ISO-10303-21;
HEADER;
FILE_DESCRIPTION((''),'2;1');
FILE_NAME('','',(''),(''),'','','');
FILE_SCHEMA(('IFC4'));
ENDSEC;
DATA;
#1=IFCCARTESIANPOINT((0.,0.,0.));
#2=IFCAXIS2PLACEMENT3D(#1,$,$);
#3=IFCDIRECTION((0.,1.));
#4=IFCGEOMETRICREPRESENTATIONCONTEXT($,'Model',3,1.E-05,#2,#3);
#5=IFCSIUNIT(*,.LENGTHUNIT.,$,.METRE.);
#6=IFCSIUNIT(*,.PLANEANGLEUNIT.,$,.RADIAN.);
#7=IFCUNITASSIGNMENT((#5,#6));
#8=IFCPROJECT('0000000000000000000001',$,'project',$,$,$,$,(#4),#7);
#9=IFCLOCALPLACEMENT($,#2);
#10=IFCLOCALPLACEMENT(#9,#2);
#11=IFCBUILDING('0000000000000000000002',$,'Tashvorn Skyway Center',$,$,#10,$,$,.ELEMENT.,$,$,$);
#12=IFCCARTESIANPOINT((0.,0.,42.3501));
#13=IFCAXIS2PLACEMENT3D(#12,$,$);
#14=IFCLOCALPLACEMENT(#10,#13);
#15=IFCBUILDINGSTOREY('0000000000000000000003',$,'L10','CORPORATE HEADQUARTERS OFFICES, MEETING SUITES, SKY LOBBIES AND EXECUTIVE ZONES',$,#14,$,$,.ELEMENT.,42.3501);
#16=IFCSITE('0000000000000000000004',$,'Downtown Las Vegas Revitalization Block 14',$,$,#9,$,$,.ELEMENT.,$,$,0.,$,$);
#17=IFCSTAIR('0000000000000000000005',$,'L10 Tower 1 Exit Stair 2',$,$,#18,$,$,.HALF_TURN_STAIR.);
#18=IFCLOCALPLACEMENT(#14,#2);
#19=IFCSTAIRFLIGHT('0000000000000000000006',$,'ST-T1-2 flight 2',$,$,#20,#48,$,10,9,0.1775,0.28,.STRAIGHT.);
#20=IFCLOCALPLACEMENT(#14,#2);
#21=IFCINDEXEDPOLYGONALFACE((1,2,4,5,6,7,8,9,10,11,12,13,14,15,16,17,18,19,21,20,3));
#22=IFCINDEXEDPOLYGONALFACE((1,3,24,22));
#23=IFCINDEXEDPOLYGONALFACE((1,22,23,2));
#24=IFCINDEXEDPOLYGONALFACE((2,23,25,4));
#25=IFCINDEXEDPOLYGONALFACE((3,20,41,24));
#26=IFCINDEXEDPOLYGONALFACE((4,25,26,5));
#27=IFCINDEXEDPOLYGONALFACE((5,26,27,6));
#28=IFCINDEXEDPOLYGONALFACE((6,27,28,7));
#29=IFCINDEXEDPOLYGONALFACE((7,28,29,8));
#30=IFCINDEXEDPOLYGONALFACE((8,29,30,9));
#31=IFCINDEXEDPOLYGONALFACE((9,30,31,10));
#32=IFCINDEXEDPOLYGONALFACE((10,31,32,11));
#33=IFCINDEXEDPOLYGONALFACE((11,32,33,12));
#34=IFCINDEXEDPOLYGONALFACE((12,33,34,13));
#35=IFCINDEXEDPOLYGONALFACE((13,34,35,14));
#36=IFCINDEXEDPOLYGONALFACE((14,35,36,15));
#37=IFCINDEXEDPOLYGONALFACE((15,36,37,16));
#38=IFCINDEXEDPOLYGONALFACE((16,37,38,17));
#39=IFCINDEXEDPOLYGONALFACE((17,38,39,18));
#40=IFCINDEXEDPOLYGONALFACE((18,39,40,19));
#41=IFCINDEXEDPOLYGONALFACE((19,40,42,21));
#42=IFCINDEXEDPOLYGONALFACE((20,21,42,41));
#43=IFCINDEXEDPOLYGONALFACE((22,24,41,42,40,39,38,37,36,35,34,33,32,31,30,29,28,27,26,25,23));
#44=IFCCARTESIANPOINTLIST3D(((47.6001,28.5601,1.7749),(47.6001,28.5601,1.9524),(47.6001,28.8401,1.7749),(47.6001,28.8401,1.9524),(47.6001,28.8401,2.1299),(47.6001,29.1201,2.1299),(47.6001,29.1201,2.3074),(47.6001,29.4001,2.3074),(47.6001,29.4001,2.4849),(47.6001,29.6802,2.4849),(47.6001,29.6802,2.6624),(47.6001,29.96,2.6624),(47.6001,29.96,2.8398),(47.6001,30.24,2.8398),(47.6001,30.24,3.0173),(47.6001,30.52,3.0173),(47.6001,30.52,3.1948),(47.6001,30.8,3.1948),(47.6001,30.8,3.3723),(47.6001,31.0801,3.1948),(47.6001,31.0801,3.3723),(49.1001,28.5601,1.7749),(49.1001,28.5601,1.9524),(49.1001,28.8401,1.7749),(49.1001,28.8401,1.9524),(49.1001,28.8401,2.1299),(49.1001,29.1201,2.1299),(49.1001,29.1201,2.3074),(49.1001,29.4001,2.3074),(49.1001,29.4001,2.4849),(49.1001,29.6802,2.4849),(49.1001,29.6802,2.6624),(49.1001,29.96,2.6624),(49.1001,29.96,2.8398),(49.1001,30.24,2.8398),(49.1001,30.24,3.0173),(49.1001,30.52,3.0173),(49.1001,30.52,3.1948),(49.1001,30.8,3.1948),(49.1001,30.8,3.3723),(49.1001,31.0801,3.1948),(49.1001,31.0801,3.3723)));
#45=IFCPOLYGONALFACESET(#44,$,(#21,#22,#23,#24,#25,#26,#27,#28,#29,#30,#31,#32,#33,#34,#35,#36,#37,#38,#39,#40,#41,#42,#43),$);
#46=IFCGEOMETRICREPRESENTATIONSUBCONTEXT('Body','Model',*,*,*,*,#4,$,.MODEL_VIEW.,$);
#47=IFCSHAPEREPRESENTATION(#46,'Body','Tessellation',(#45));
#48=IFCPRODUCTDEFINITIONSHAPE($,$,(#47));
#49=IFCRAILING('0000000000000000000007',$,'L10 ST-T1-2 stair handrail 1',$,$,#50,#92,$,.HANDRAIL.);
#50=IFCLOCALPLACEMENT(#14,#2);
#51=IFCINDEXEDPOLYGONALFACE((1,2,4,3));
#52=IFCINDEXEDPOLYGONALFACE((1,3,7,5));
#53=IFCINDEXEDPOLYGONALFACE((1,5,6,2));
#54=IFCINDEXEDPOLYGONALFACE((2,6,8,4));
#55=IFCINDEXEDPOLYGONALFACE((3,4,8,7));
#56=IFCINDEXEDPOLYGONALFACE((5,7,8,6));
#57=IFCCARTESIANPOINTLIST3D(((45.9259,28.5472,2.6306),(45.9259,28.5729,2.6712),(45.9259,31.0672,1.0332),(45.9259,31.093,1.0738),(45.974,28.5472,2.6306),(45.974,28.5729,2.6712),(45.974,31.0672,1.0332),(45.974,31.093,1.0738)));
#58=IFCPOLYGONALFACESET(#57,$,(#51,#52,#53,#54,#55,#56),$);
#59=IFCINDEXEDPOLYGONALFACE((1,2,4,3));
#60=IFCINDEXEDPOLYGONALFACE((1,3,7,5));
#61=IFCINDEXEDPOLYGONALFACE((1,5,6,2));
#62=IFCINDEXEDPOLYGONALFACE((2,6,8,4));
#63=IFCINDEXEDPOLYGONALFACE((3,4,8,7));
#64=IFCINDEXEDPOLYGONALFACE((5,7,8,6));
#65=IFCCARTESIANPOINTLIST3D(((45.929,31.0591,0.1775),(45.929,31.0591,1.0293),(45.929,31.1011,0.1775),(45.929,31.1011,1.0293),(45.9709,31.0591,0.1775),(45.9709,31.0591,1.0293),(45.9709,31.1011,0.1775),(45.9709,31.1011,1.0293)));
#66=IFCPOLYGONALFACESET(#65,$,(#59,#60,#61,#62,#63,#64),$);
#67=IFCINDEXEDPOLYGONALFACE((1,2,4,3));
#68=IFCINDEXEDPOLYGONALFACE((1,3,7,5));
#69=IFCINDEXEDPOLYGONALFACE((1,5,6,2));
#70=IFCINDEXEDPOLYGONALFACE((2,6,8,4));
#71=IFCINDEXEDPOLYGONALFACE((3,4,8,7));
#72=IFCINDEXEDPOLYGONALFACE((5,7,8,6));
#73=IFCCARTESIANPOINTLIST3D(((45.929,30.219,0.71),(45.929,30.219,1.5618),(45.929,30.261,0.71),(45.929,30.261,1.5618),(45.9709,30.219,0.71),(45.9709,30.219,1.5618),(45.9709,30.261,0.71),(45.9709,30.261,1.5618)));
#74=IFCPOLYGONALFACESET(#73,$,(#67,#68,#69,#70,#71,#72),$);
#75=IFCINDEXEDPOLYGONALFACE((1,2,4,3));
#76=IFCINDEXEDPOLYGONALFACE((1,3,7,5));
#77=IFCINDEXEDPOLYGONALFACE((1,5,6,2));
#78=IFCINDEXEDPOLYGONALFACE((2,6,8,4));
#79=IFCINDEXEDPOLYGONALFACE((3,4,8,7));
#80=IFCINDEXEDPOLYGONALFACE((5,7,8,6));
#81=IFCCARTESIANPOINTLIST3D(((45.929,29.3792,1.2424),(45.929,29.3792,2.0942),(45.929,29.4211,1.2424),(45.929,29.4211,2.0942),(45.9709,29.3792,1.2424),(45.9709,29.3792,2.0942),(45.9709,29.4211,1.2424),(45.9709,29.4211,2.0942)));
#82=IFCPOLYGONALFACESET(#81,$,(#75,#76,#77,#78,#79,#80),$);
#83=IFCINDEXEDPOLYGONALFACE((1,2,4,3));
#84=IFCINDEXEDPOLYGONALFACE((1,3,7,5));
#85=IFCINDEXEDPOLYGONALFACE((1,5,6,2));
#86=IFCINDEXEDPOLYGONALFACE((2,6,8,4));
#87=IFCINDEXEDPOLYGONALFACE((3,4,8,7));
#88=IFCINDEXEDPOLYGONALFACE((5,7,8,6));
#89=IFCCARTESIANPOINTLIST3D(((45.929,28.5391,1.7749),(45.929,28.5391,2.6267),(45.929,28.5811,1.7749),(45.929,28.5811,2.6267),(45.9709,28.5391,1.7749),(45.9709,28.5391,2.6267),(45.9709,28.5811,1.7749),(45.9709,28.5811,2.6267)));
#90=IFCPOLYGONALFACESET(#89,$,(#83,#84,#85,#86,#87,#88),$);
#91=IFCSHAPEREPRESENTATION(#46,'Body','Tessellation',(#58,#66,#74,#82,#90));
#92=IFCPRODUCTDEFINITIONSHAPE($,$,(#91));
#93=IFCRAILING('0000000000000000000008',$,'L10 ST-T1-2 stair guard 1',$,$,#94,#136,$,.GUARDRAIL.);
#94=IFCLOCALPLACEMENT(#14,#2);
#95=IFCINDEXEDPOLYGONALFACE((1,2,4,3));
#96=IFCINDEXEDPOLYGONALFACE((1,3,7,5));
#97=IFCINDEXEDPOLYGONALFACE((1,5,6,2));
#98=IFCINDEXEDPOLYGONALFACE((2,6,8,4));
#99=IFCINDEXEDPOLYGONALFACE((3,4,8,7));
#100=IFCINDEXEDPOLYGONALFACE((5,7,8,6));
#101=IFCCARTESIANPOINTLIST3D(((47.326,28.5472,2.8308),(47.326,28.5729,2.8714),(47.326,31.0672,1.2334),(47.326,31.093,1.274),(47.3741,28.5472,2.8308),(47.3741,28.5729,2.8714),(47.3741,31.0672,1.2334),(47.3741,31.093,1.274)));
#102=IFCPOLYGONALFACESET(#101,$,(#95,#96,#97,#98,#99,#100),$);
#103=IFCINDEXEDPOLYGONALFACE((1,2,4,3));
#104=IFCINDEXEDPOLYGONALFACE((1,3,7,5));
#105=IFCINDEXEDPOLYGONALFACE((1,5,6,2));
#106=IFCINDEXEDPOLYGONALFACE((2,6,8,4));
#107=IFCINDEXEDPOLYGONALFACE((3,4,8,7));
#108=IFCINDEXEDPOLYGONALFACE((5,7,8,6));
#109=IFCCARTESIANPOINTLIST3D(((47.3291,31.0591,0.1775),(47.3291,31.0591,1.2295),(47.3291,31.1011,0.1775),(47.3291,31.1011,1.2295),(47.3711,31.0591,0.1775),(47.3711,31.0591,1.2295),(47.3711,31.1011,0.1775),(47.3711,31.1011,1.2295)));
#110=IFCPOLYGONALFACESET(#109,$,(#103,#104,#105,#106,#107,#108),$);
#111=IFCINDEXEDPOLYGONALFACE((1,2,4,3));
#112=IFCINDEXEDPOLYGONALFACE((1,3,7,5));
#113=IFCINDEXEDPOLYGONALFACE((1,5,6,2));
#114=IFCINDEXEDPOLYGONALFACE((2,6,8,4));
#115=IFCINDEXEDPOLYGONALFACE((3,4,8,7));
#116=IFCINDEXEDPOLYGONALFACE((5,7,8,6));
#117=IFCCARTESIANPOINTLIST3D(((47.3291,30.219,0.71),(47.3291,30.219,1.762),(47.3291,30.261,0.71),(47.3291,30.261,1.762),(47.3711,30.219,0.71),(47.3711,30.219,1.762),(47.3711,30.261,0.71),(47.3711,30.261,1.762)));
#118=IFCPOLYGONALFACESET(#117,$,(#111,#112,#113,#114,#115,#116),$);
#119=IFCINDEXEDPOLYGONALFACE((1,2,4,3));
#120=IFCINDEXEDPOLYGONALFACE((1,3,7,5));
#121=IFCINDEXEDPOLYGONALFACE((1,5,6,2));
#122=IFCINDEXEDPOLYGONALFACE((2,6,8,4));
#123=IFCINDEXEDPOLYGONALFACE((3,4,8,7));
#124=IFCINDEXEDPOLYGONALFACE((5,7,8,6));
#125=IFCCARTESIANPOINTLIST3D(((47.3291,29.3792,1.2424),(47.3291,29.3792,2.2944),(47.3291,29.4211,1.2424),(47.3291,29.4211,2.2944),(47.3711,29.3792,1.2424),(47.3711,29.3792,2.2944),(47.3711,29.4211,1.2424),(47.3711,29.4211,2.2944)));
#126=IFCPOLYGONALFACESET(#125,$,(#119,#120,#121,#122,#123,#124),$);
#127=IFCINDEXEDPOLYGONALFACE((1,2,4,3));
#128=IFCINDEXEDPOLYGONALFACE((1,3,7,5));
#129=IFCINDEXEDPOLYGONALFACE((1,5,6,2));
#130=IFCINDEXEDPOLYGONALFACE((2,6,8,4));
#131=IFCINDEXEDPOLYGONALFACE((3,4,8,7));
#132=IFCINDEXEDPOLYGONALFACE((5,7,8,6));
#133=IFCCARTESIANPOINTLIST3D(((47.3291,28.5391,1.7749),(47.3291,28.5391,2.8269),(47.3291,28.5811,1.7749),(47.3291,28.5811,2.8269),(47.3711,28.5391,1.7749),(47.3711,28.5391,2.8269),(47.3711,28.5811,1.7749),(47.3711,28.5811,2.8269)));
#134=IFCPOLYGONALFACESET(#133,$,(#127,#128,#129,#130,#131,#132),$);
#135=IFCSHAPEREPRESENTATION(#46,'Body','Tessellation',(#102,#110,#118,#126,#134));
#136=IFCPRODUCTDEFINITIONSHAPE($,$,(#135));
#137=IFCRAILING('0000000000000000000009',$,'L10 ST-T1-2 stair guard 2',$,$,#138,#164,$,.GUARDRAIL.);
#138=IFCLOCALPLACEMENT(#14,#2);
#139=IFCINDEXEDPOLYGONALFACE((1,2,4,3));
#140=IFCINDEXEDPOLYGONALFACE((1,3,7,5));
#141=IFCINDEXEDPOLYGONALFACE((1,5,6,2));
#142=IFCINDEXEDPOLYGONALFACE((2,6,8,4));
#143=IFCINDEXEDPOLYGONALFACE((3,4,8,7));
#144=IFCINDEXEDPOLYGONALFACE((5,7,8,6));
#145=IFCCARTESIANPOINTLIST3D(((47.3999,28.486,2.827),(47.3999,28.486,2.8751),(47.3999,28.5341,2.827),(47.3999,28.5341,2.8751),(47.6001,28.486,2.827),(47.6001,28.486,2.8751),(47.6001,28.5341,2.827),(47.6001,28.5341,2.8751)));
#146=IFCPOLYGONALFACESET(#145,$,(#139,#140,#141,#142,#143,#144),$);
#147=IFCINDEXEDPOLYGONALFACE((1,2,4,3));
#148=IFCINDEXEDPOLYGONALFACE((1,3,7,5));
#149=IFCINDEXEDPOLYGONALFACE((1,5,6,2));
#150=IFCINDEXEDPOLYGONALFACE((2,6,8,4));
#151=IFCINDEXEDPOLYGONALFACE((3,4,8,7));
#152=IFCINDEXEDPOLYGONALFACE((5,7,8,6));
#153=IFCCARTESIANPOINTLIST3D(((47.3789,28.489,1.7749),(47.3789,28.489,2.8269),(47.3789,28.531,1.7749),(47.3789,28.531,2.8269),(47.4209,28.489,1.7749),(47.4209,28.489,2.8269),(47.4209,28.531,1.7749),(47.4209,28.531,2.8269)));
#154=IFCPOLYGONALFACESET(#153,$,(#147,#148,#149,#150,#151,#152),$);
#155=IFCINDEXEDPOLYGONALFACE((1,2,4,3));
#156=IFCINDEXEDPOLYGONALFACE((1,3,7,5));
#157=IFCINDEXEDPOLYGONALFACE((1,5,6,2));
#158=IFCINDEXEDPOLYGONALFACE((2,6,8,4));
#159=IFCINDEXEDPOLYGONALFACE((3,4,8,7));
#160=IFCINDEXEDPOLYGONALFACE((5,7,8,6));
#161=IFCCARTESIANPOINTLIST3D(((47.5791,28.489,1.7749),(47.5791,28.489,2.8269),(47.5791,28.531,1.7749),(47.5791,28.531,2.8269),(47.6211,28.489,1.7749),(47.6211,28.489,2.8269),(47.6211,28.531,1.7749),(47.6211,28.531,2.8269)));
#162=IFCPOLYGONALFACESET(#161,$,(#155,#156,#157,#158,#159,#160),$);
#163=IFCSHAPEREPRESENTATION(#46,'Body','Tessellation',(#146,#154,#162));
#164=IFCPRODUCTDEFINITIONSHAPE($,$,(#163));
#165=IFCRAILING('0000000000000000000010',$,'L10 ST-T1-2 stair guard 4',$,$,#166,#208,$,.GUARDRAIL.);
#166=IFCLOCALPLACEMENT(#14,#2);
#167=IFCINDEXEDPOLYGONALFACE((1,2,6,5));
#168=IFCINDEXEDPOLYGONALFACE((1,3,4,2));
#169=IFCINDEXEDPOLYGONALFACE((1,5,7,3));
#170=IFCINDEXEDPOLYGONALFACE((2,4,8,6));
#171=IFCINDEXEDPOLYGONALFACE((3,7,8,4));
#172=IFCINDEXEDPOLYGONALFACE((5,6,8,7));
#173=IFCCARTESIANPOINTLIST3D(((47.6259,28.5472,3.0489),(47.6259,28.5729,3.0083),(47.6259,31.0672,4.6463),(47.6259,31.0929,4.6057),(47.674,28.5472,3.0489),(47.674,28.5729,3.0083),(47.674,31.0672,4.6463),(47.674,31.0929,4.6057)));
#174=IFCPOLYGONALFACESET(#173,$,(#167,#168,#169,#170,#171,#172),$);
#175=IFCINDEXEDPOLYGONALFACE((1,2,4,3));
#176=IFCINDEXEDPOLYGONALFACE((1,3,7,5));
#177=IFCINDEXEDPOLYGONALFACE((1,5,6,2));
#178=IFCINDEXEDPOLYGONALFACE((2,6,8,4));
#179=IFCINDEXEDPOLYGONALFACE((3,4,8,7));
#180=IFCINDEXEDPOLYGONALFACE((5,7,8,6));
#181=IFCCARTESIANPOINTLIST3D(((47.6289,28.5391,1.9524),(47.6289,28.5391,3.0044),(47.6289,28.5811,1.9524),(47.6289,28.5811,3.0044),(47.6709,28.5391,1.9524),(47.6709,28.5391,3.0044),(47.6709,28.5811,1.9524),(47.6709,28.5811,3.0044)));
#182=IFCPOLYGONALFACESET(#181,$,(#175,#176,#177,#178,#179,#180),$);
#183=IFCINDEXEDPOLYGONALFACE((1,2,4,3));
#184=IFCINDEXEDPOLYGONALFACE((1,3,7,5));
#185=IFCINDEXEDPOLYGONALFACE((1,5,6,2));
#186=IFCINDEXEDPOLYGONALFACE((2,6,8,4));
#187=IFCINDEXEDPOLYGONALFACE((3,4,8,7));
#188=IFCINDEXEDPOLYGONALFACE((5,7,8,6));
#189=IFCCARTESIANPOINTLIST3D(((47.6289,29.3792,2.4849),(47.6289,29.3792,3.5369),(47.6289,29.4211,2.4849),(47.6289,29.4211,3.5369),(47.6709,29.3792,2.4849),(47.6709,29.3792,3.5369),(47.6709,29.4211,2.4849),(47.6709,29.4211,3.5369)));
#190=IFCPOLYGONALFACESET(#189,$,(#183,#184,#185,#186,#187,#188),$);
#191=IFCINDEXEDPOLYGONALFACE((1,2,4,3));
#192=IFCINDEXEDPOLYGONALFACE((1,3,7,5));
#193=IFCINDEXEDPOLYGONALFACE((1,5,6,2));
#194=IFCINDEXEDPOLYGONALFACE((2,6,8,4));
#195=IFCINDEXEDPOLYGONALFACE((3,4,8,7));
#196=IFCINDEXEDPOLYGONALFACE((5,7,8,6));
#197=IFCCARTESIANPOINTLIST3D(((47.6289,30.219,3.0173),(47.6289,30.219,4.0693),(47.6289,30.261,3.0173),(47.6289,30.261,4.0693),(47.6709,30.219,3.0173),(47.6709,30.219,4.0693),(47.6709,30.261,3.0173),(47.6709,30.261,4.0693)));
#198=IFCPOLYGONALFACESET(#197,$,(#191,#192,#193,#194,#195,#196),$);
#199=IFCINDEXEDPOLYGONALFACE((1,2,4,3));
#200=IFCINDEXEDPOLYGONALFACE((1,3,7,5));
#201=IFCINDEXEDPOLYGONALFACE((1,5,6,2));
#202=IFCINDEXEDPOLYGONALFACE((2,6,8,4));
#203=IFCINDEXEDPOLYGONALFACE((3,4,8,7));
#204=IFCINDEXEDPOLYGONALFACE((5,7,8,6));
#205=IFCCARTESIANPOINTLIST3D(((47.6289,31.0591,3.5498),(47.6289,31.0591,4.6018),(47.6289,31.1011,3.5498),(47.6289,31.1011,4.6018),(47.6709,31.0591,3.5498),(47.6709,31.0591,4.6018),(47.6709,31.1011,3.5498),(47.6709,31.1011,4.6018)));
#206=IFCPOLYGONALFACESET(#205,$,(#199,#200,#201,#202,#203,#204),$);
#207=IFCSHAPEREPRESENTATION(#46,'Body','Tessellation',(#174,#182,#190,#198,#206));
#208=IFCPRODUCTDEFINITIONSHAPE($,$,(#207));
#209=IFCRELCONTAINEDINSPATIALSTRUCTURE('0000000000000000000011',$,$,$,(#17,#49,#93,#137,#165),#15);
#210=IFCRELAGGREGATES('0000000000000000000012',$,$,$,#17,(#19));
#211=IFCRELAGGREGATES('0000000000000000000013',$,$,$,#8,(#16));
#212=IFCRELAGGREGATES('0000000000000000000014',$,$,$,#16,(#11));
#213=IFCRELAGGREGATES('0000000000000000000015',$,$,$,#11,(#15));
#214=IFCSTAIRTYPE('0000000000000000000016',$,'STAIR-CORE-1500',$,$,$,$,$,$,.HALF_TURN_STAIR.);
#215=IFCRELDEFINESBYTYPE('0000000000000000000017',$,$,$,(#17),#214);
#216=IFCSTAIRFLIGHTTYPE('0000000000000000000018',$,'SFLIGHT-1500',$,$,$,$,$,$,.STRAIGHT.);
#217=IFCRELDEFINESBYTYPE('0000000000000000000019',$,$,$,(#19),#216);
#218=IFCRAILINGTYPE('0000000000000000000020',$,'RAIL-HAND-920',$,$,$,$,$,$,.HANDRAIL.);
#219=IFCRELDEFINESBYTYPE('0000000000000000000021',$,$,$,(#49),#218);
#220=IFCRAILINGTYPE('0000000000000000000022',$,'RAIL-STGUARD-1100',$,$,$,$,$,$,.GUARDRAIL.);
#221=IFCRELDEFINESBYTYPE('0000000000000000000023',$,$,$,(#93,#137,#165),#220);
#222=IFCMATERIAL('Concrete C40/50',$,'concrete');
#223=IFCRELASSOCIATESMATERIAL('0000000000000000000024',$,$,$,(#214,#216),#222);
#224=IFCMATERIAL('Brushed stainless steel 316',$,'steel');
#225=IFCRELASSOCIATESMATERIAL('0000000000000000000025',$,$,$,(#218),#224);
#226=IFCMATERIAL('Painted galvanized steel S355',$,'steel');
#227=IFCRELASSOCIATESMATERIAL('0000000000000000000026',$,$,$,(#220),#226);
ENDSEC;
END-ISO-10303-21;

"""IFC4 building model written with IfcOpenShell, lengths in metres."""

from ifc_helpers import new_model, si_unit, direction, frame, origin, origin_2d, place, context, subcontext, project, spatial, polyline, rectangle, outline, extrude, material, type_object, element, aggregate, save


model = new_model("IFC4")

# Units and contexts
model_context = context("Model", 3, precision=1e-05, world=origin(), true_north=direction((0.0, 1.0)))
body_context = subcontext(model_context, "Body", "Model", "MODEL_VIEW")
ifc_project = project(units=[si_unit("LENGTHUNIT", "METRE"), si_unit("PLANEANGLEUNIT", "RADIAN")], contexts=[model_context])

# Site, building, storey
site_placement = place(None, origin())
site = spatial("IfcSite", under=ifc_project, at=site_placement, Name="Downtown Las Vegas Revitalization Block 14", CompositionType="ELEMENT", RefElevation=0.0)
building_placement = place(site_placement, origin())
building = spatial("IfcBuilding", under=site, at=building_placement, Name="Tashvorn Skyway Center", CompositionType="ELEMENT")
storey_placement = place(building_placement, frame((0.0, 0.0, 42.3501)))
storey = spatial("IfcBuildingStorey", under=building, at=storey_placement, Name="L10", Description="CORPORATE HEADQUARTERS OFFICES, MEETING SUITES, SKY LOBBIES AND EXECUTIVE ZONES", CompositionType="ELEMENT", Elevation=42.3501)

# Shared definitions
ifc_material_1 = material(Name="Concrete C40/50", Category="concrete")

# Stair, stair flight
stair_type = type_object("IfcStairType", Name="STAIR-CORE-1500", PredefinedType="HALF_TURN_STAIR", material=ifc_material_1)
stair_placement = place(storey_placement, origin())
stair = element("IfcStair", 1, at=stair_placement, inside=storey, type_object=stair_type, Name="L10 Tower 1 Exit Stair 2", PredefinedType="HALF_TURN_STAIR")
stair_flight_type = type_object("IfcStairFlightType", Name="SFLIGHT-1500", PredefinedType="STRAIGHT", material=ifc_material_1)
stair_flight_1_placement = place(storey_placement, frame((48.3501, 28.5601, 1.7749), z_axis=(0.0, 0.0, 1.0), x_axis=(0.0, 1.0, 0.0)))
stair_flight_1 = element("IfcStairFlight", 2, at=stair_flight_1_placement, type_object=stair_flight_type, Name="ST-T1-2 flight 2", NumberOfRisers=10, NumberOfTreads=9, PredefinedType="STRAIGHT", RiserHeight=0.1775, TreadLength=0.28, context=body_context, shape_type="SweptSolid", body=[
    extrude(outline(polyline([(0.0, 0.0), (0.0, 0.1775), (0.28, 0.1775), (0.28, 0.355), (0.5601, 0.355), (0.5601, 0.5325), (0.8401, 0.5325), (0.8401, 0.71), (1.1201, 0.71), (1.1201, 0.8875), (1.3999, 0.8875), (1.3999, 1.0649), (1.6799, 1.0649), (1.6799, 1.2424), (1.96, 1.2424), (1.96, 1.4199), (2.24, 1.4199), (2.24, 1.5974), (2.52, 1.5974), (2.52, 1.7749), (2.52, 1.4199), (0.28, 0.0), (0.0, 0.0)])), frame((0.0, 0.75, 0.0), z_axis=(0.0, -1.0, 0.0), x_axis=(1.0, 0.0, 0.0)), (0.0, 0.0, 1.0), 1.5),
])
aggregate(stair, [stair_flight_1])

# Railings
ifc_material_2 = material(Name="Brushed stainless steel 316", Category="steel")
railing_type_1 = type_object("IfcRailingType", Name="RAIL-HAND-920", PredefinedType="HANDRAIL", material=ifc_material_2)
railing_1_placement = place(storey_placement, frame((45.95, 31.0801, 0.1775)))
element("IfcRailing", 3, at=railing_1_placement, inside=storey, type_object=railing_type_1, Name="L10 ST-T1-2 stair handrail 1", PredefinedType="HANDRAIL", context=body_context, shape_type="SweptSolid", body=[
    extrude(rectangle(XDim=0.0481, YDim=0.0481, at=origin_2d()), frame((0.0, 0.0, 0.876), z_axis=(0.0, -0.844607, 0.535387), x_axis=(1.0, 0.0, 0.0)), (0.0, 0.0, 1.0), 2.9836),
    extrude(rectangle(XDim=0.042, YDim=0.042, at=origin_2d()), origin(), (0.0, 0.0, 1.0), 0.8518),
    extrude(rectangle(XDim=0.042, YDim=0.042, at=origin_2d()), frame((0.0, -0.8401, 0.5325)), (0.0, 0.0, 1.0), 0.8518),
    extrude(rectangle(XDim=0.042, YDim=0.042, at=origin_2d()), frame((0.0, -1.6799, 1.0649)), (0.0, 0.0, 1.0), 0.8518),
    extrude(rectangle(XDim=0.042, YDim=0.042, at=origin_2d()), frame((0.0, -2.52, 1.5974)), (0.0, 0.0, 1.0), 0.8518),
])
ifc_material_3 = material(Name="Painted galvanized steel S355", Category="steel")
railing_type_2 = type_object("IfcRailingType", Name="RAIL-STGUARD-1100", PredefinedType="GUARDRAIL", material=ifc_material_3)
railing_2_placement = place(storey_placement, frame((47.3501, 31.0801, 0.1775)))
element("IfcRailing", 4, at=railing_2_placement, inside=storey, type_object=railing_type_2, Name="L10 ST-T1-2 stair guard 1", PredefinedType="GUARDRAIL", context=body_context, shape_type="SweptSolid", body=[
    extrude(rectangle(XDim=0.0481, YDim=0.0481, at=origin_2d()), frame((0.0, 0.0, 1.0762), z_axis=(0.0, -0.844607, 0.535387), x_axis=(1.0, 0.0, 0.0)), (0.0, 0.0, 1.0), 2.9836),
    extrude(rectangle(XDim=0.042, YDim=0.042, at=origin_2d()), origin(), (0.0, 0.0, 1.0), 1.052),
    extrude(rectangle(XDim=0.042, YDim=0.042, at=origin_2d()), frame((0.0, -0.8401, 0.5325)), (0.0, 0.0, 1.0), 1.052),
    extrude(rectangle(XDim=0.042, YDim=0.042, at=origin_2d()), frame((0.0, -1.6799, 1.0649)), (0.0, 0.0, 1.0), 1.052),
    extrude(rectangle(XDim=0.042, YDim=0.042, at=origin_2d()), frame((0.0, -2.52, 1.5974)), (0.0, 0.0, 1.0), 1.052),
])
railing_3_placement = place(storey_placement, frame((47.3999, 28.51, 1.7749)))
element("IfcRailing", 5, at=railing_3_placement, inside=storey, type_object=railing_type_2, Name="L10 ST-T1-2 stair guard 2", PredefinedType="GUARDRAIL", context=body_context, shape_type="SweptSolid", body=[
    extrude(rectangle(XDim=0.0481, YDim=0.0481, at=origin_2d()), frame((0.0, 0.0, 1.0762), z_axis=(1.0, 0.0, 0.0), x_axis=(0.0, 1.0, 0.0)), (0.0, 0.0, 1.0), 0.2002),
    extrude(rectangle(XDim=0.042, YDim=0.042, at=origin_2d()), origin(), (0.0, 0.0, 1.0), 1.052),
    extrude(rectangle(XDim=0.042, YDim=0.042, at=origin_2d()), frame((0.2002, 0.0, 0.0)), (0.0, 0.0, 1.0), 1.052),
])
railing_4_placement = place(storey_placement, frame((47.6499, 28.5601, 1.9524)))
element("IfcRailing", 6, at=railing_4_placement, inside=storey, type_object=railing_type_2, Name="L10 ST-T1-2 stair guard 4", PredefinedType="GUARDRAIL", context=body_context, shape_type="SweptSolid", body=[
    extrude(rectangle(XDim=0.0481, YDim=0.0481, at=origin_2d()), frame((0.0, 0.0, 1.0762), z_axis=(0.0, 0.844607, 0.535387), x_axis=(-1.0, 0.0, 0.0)), (0.0, 0.0, 1.0), 2.9836),
    extrude(rectangle(XDim=0.042, YDim=0.042, at=origin_2d()), origin(), (0.0, 0.0, 1.0), 1.052),
    extrude(rectangle(XDim=0.042, YDim=0.042, at=origin_2d()), frame((0.0, 0.8401, 0.5325)), (0.0, 0.0, 1.0), 1.052),
    extrude(rectangle(XDim=0.042, YDim=0.042, at=origin_2d()), frame((0.0, 1.6799, 1.0649)), (0.0, 0.0, 1.0), 1.052),
    extrude(rectangle(XDim=0.042, YDim=0.042, at=origin_2d()), frame((0.0, 2.52, 1.5974)), (0.0, 0.0, 1.0), 1.052),
])

save(model, "model.ifc")
